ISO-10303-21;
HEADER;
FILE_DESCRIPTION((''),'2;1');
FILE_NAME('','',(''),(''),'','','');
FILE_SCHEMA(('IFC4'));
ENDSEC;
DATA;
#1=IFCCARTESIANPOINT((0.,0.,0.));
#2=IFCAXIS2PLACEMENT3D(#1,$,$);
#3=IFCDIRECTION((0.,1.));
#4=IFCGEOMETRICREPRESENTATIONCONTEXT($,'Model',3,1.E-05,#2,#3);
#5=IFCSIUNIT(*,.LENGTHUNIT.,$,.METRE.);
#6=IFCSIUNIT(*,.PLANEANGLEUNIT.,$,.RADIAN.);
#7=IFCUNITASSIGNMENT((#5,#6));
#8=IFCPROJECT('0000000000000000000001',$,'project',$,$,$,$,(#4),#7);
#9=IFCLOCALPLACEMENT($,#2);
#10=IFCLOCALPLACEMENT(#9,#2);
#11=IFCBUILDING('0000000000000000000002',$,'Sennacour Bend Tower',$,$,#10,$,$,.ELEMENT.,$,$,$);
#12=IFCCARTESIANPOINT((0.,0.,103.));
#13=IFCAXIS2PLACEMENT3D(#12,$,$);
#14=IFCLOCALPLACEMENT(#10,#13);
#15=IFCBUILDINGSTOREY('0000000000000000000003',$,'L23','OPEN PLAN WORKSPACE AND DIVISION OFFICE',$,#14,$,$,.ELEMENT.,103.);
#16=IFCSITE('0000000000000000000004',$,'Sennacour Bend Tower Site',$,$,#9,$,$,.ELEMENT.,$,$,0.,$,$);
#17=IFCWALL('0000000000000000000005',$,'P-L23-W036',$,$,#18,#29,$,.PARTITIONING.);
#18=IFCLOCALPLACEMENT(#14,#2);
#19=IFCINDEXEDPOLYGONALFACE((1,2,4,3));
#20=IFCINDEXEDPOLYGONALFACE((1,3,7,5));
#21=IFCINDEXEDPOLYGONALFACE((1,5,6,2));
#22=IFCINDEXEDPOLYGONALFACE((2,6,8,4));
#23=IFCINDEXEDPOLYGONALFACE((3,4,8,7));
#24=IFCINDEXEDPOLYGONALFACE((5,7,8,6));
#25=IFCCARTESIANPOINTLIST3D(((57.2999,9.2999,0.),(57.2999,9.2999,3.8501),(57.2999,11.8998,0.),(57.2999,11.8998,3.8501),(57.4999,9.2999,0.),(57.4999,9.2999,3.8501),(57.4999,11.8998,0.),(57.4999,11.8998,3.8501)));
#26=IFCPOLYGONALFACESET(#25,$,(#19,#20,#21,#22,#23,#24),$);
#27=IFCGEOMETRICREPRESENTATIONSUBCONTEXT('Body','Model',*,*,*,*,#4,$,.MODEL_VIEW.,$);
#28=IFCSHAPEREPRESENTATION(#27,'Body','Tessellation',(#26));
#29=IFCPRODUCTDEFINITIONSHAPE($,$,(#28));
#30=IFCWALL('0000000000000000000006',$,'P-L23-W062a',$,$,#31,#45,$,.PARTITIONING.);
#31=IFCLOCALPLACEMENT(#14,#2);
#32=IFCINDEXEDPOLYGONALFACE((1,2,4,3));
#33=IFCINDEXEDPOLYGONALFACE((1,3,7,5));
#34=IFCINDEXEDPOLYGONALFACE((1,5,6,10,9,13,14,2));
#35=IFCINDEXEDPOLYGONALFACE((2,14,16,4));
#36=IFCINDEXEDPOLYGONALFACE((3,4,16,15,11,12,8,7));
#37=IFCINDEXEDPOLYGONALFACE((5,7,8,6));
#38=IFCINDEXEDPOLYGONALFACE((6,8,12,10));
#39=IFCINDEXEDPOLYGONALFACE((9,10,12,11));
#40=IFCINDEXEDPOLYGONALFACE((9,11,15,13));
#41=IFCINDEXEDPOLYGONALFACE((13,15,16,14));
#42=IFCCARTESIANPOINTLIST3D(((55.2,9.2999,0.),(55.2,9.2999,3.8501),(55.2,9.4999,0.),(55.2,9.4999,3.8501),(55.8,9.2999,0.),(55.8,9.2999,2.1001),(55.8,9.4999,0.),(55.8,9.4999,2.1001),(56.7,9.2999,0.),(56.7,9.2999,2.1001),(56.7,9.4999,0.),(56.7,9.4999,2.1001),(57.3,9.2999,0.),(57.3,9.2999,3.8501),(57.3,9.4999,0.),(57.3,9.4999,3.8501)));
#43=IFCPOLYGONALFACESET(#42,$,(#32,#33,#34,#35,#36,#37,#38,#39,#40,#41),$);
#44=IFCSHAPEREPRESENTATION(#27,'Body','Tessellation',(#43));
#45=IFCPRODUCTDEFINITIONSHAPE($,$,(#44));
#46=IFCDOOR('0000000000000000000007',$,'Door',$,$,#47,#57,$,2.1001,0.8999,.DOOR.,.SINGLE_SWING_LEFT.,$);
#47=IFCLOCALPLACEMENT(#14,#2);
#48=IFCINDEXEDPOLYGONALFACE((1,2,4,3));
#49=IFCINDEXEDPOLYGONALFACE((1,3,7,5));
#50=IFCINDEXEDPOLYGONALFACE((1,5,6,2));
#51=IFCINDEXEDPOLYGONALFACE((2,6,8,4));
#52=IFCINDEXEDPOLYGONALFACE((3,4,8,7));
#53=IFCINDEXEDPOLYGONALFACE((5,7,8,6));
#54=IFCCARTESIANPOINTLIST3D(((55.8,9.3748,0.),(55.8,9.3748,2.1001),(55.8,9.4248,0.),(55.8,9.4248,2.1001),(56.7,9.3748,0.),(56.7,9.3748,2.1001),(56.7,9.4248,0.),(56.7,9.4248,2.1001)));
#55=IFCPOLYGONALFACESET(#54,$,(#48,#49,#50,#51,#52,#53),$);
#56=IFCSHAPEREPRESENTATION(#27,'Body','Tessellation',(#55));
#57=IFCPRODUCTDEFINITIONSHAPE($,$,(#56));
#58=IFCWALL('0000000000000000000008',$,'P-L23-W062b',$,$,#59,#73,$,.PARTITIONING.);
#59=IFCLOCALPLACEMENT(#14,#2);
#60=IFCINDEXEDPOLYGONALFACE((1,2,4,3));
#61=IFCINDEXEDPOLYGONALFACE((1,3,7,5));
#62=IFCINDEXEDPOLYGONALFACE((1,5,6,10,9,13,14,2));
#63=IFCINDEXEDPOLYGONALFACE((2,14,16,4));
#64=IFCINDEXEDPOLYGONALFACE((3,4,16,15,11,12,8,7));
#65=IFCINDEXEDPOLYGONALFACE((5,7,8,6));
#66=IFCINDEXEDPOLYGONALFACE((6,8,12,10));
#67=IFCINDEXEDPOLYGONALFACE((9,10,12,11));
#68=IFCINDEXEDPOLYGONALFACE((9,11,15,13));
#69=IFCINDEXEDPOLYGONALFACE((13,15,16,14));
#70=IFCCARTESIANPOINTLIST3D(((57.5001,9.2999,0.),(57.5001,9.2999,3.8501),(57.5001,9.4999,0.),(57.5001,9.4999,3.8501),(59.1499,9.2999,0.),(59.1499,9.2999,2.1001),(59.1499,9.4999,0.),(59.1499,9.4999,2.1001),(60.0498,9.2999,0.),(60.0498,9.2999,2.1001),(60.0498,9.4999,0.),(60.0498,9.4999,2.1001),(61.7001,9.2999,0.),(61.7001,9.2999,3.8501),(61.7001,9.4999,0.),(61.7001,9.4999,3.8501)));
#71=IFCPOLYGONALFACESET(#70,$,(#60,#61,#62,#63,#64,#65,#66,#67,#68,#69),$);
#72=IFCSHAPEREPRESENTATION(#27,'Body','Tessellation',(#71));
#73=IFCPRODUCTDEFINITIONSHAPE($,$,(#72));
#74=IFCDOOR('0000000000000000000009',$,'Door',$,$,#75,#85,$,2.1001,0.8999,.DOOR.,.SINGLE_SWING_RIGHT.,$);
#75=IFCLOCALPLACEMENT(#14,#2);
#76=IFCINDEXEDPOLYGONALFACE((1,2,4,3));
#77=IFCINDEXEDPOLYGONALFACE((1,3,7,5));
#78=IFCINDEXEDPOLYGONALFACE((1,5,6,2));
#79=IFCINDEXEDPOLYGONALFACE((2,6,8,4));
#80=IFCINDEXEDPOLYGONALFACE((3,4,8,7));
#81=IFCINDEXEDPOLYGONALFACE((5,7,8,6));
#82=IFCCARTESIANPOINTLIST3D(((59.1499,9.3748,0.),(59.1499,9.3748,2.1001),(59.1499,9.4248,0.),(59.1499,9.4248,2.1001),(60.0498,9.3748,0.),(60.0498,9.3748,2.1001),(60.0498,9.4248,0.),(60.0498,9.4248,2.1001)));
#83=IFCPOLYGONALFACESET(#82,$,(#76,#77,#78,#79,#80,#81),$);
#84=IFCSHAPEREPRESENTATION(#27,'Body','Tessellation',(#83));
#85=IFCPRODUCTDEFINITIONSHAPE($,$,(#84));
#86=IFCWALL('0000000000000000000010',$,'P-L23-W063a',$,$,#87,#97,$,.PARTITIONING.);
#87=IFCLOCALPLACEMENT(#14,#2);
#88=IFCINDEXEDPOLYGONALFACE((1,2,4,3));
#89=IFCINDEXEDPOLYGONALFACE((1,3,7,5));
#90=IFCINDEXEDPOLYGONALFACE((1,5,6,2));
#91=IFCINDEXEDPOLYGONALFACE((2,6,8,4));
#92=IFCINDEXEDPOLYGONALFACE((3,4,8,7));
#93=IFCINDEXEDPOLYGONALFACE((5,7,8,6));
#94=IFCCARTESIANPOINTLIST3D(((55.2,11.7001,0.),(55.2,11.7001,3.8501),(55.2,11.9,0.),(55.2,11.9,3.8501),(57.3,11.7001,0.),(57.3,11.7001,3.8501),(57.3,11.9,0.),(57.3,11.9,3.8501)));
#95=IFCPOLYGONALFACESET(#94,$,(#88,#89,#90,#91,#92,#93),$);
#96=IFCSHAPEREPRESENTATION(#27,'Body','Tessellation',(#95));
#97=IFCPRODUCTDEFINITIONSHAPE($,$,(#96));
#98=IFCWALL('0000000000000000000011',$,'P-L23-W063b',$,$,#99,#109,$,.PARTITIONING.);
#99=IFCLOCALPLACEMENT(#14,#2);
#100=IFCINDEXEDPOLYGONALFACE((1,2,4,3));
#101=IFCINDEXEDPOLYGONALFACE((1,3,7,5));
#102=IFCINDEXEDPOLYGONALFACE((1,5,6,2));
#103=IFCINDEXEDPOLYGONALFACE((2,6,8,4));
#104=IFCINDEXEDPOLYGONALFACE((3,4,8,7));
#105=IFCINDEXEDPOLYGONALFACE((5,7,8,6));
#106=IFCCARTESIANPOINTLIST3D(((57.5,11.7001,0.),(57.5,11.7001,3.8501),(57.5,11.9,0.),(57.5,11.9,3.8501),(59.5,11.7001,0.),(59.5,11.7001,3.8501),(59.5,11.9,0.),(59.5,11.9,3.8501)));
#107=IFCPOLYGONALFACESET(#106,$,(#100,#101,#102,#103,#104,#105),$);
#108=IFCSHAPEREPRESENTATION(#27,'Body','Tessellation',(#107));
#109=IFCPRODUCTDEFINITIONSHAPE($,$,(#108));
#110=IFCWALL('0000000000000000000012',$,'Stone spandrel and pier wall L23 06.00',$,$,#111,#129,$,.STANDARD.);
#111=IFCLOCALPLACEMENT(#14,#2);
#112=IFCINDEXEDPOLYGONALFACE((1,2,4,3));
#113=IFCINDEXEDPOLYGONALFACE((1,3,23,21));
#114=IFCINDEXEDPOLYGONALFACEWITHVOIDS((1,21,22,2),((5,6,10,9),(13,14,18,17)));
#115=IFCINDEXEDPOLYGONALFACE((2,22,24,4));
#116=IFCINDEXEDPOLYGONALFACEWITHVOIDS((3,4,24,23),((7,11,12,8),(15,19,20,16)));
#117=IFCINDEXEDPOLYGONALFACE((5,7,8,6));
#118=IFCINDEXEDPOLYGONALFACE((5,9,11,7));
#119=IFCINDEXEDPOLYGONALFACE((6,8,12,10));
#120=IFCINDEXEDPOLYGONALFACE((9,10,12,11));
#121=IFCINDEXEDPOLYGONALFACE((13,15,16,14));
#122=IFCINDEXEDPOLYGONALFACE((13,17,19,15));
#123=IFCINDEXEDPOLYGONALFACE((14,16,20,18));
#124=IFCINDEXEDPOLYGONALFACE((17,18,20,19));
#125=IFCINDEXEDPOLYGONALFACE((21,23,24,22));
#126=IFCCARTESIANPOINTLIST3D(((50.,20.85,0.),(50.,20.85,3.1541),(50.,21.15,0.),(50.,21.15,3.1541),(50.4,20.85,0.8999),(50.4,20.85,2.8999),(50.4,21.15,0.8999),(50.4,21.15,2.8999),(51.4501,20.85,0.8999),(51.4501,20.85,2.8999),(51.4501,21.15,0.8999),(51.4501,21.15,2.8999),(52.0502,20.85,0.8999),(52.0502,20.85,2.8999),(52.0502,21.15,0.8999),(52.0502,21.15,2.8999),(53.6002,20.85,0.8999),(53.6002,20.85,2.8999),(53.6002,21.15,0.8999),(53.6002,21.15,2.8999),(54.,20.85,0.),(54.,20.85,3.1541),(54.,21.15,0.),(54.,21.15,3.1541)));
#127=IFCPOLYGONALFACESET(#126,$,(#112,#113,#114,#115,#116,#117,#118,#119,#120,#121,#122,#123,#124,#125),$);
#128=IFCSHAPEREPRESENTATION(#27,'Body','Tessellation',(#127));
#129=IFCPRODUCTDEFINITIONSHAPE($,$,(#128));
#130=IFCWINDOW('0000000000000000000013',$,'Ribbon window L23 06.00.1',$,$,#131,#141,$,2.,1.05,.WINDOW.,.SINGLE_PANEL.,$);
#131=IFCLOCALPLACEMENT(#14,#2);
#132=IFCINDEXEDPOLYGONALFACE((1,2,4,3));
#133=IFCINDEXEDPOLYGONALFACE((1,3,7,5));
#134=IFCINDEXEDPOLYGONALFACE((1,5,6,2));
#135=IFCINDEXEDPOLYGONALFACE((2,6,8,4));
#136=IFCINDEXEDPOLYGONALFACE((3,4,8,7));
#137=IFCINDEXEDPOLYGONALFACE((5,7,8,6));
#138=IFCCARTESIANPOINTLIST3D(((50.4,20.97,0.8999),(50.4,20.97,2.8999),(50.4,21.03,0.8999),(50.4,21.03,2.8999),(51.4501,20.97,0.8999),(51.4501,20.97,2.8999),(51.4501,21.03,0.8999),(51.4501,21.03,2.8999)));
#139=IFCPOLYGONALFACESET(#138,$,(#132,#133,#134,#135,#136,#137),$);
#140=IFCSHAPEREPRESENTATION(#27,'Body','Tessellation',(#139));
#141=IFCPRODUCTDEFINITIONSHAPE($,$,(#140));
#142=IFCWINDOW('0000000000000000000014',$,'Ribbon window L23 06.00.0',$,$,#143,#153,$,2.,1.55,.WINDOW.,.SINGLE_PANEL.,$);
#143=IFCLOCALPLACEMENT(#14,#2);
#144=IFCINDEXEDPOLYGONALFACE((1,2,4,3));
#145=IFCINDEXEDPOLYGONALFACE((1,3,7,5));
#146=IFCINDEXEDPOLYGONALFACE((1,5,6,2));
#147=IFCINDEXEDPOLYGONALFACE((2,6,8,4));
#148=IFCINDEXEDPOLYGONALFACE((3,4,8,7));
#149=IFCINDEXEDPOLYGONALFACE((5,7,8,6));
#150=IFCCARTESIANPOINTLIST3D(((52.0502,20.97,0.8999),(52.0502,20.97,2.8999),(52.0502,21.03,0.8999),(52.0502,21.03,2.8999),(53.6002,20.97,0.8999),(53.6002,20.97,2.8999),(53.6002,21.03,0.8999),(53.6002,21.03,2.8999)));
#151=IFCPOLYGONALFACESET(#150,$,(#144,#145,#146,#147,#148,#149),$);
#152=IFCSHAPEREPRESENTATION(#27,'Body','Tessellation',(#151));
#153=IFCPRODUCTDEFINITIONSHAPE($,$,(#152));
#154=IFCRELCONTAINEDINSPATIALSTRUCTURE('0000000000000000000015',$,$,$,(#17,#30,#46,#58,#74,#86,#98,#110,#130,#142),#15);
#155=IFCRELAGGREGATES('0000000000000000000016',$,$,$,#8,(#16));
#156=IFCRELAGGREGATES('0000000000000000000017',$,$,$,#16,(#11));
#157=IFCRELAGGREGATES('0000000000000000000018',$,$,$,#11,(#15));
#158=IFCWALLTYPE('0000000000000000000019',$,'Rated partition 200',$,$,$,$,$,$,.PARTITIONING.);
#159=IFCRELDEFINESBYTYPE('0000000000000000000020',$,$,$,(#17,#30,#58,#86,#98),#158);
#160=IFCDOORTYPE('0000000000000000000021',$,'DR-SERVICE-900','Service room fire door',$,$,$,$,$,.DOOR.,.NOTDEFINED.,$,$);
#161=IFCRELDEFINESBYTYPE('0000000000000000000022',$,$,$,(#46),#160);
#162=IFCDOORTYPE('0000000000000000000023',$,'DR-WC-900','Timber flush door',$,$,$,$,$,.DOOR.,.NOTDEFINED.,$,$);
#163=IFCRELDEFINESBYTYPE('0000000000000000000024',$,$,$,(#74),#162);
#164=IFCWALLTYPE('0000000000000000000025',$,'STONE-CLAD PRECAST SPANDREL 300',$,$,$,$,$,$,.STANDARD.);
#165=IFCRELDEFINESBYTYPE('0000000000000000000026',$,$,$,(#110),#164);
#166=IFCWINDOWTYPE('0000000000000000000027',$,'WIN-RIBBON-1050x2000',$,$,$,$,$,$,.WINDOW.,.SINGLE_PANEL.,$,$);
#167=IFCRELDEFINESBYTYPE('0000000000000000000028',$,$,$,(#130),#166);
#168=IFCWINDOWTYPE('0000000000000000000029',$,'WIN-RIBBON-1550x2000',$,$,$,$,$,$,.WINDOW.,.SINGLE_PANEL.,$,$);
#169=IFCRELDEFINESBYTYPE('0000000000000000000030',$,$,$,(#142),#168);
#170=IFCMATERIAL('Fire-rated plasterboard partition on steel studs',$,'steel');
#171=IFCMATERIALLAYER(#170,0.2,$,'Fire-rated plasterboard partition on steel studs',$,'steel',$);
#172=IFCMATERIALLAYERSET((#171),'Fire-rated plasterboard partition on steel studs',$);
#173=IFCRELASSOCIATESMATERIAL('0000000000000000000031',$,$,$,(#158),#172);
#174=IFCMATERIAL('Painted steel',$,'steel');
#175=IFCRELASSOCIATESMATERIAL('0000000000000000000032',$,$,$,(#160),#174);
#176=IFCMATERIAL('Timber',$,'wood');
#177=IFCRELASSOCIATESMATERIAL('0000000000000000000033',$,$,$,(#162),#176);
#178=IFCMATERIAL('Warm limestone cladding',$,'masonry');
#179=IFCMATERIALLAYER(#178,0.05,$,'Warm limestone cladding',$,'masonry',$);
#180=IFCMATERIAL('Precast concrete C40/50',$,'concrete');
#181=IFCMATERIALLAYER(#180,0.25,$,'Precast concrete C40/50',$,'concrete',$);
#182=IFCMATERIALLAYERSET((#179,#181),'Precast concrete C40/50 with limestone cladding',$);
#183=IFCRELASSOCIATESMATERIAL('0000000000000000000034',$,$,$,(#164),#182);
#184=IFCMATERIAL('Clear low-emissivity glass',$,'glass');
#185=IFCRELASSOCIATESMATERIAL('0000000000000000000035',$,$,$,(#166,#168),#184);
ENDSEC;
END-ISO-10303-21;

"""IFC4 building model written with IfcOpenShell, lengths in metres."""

from ifc_helpers import new_model, si_unit, direction, frame, frame_2d, origin, place, context, subcontext, project, spatial, rectangle, extrude, material, layer, layer_set, type_object, element, fill, save


model = new_model("IFC4")

# Units and contexts
model_context = context("Model", 3, precision=1e-05, world=origin(), true_north=direction((0.0, 1.0)))
body_context = subcontext(model_context, "Body", "Model", "MODEL_VIEW")
ifc_project = project(units=[si_unit("LENGTHUNIT", "METRE"), si_unit("PLANEANGLEUNIT", "RADIAN")], contexts=[model_context])

# Site, building, storey
site_placement = place(None, origin())
site = spatial("IfcSite", under=ifc_project, at=site_placement, Name="Sennacour Bend Tower Site", CompositionType="ELEMENT", RefElevation=0.0)
building_placement = place(site_placement, origin())
building = spatial("IfcBuilding", under=site, at=building_placement, Name="Sennacour Bend Tower", CompositionType="ELEMENT")
storey_placement = place(building_placement, frame((0.0, 0.0, 103.0)))
storey = spatial("IfcBuildingStorey", under=building, at=storey_placement, Name="L23", Description="OPEN PLAN WORKSPACE AND DIVISION OFFICE", CompositionType="ELEMENT", Elevation=103.0)

# Shared definitions
ifc_material_1 = material(Name="Timber", Category="wood")

# Wall
ifc_material_2 = material(Name="Fire-rated plasterboard partition on steel studs", Category="steel")
ifc_layer_1 = layer(ifc_material_2, 0.2, Name="Fire-rated plasterboard partition on steel studs", Category="steel")
ifc_layer_set_1 = layer_set([ifc_layer_1], Name="Fire-rated plasterboard partition on steel studs")
wall_type_1 = type_object("IfcWallType", Name="Rated partition 200", PredefinedType="PARTITIONING", material=ifc_layer_set_1)
wall_1_placement = place(storey_placement, frame((57.3999, 9.3, 0.0), z_axis=(0.0, 0.0, 1.0), x_axis=(0.0, 1.0, 0.0)))
element("IfcWall", 1, at=wall_1_placement, inside=storey, type_object=wall_type_1, Name="P-L23-W036", PredefinedType="PARTITIONING", context=body_context, shape_type="SweptSolid", body=[
    extrude(rectangle(XDim=2.5999, YDim=0.2, at=frame_2d((1.2998, 0.0))), origin(), (0.0, 0.0, 1.0), 3.8501),
])

# Walls, openings, doors
wall_2_placement = place(storey_placement, frame((55.2, 9.3999, 0.0), z_axis=(0.0, 0.0, 1.0), x_axis=(1.0, 0.0, 0.0)))
wall_2 = element("IfcWall", 2, at=wall_2_placement, inside=storey, type_object=wall_type_1, Name="P-L23-W062a", PredefinedType="PARTITIONING", context=body_context, shape_type="SweptSolid", body=[
    extrude(rectangle(XDim=2.1001, YDim=0.2, at=frame_2d((1.05, 0.0))), origin(), (0.0, 0.0, 1.0), 3.8501),
])
opening_1_placement = place(wall_2_placement, frame((0.6001, 0.0, 0.0)))
opening_1 = element("IfcOpeningElement", 3, at=opening_1_placement, cuts=wall_2, PredefinedType="OPENING", context=body_context, shape_type="SweptSolid", body=[
    extrude(rectangle(XDim=0.8999, YDim=2.1001, at=frame_2d((0.45, 1.05))), frame((0.0, 0.1099, 0.0), z_axis=(0.0, -1.0, 0.0), x_axis=(1.0, 0.0, 0.0)), (0.0, 0.0, 1.0), 0.22),
])
ifc_material_3 = material(Name="Painted steel", Category="steel")
door_type_1 = type_object("IfcDoorType", Name="DR-SERVICE-900", Description="Service room fire door", OperationType="NOTDEFINED", PredefinedType="DOOR", material=ifc_material_3)
door_1_placement = place(opening_1_placement, origin())
door_1 = element("IfcDoor", 4, at=door_1_placement, inside=storey, type_object=door_type_1, Name="Door", OperationType="SINGLE_SWING_LEFT", OverallHeight=2.1001, OverallWidth=0.8999, PredefinedType="DOOR", context=body_context, shape_type="SweptSolid", body=[
    extrude(rectangle(XDim=0.8999, YDim=2.1001, at=frame_2d((0.45, 1.05))), frame((0.0, 0.0249, 0.0), z_axis=(0.0, -1.0, 0.0), x_axis=(1.0, 0.0, 0.0)), (0.0, 0.0, 1.0), 0.05),
])
fill(opening_1, door_1)
wall_3_placement = place(storey_placement, frame((57.5, 9.3999, 0.0), z_axis=(0.0, 0.0, 1.0), x_axis=(1.0, 0.0, 0.0)))
wall_3 = element("IfcWall", 5, at=wall_3_placement, inside=storey, type_object=wall_type_1, Name="P-L23-W062b", PredefinedType="PARTITIONING", context=body_context, shape_type="SweptSolid", body=[
    extrude(rectangle(XDim=4.2, YDim=0.2, at=frame_2d((2.1001, 0.0))), origin(), (0.0, 0.0, 1.0), 3.8501),
])
opening_2_placement = place(wall_3_placement, frame((1.6499, 0.0, 0.0)))
opening_2 = element("IfcOpeningElement", 6, at=opening_2_placement, cuts=wall_3, PredefinedType="OPENING", context=body_context, shape_type="SweptSolid", body=[
    extrude(rectangle(XDim=0.8999, YDim=2.1001, at=frame_2d((0.45, 1.05))), frame((0.0, 0.1099, 0.0), z_axis=(0.0, -1.0, 0.0), x_axis=(1.0, 0.0, 0.0)), (0.0, 0.0, 1.0), 0.22),
])
door_type_2 = type_object("IfcDoorType", Name="DR-WC-900", Description="Timber flush door", OperationType="NOTDEFINED", PredefinedType="DOOR", material=ifc_material_1)
door_2_placement = place(opening_2_placement, origin())
door_2 = element("IfcDoor", 7, at=door_2_placement, inside=storey, type_object=door_type_2, Name="Door", OperationType="SINGLE_SWING_RIGHT", OverallHeight=2.1001, OverallWidth=0.8999, PredefinedType="DOOR", context=body_context, shape_type="SweptSolid", body=[
    extrude(rectangle(XDim=0.8999, YDim=2.1001, at=frame_2d((0.45, 1.05))), frame((0.0, 0.0249, 0.0), z_axis=(0.0, -1.0, 0.0), x_axis=(1.0, 0.0, 0.0)), (0.0, 0.0, 1.0), 0.05),
])
fill(opening_2, door_2)

# Walls
wall_4_placement = place(storey_placement, frame((55.2, 11.8, 0.0), z_axis=(0.0, 0.0, 1.0), x_axis=(1.0, 0.0, 0.0)))
element("IfcWall", 8, at=wall_4_placement, inside=storey, type_object=wall_type_1, Name="P-L23-W063a", PredefinedType="PARTITIONING", context=body_context, shape_type="SweptSolid", body=[
    extrude(rectangle(XDim=2.1001, YDim=0.2, at=frame_2d((1.05, 0.0))), origin(), (0.0, 0.0, 1.0), 3.8501),
])
wall_5_placement = place(storey_placement, frame((57.5, 11.8, 0.0), z_axis=(0.0, 0.0, 1.0), x_axis=(1.0, 0.0, 0.0)))
element("IfcWall", 9, at=wall_5_placement, inside=storey, type_object=wall_type_1, Name="P-L23-W063b", PredefinedType="PARTITIONING", context=body_context, shape_type="SweptSolid", body=[
    extrude(rectangle(XDim=2.0, YDim=0.2, at=frame_2d((1.0, 0.0))), origin(), (0.0, 0.0, 1.0), 3.8501),
])

# Wall, openings, windows
ifc_material_4 = material(Name="Warm limestone cladding", Category="masonry")
ifc_layer_2 = layer(ifc_material_4, 0.05, Name="Warm limestone cladding", Category="masonry")
ifc_material_5 = material(Name="Precast concrete C40/50", Category="concrete")
ifc_layer_3 = layer(ifc_material_5, 0.25, Name="Precast concrete C40/50", Category="concrete")
ifc_layer_set_2 = layer_set([ifc_layer_2, ifc_layer_3], Name="Precast concrete C40/50 with limestone cladding")
wall_type_2 = type_object("IfcWallType", Name="STONE-CLAD PRECAST SPANDREL 300", PredefinedType="STANDARD", material=ifc_layer_set_2)
wall_6_placement = place(storey_placement, frame((54.0, 21.0, 0.0), z_axis=(0.0, 0.0, 1.0), x_axis=(-1.0, 0.0, 0.0)))
wall_6 = element("IfcWall", 10, at=wall_6_placement, inside=storey, type_object=wall_type_2, Name="Stone spandrel and pier wall L23 06.00", PredefinedType="STANDARD", context=body_context, shape_type="SweptSolid", body=[
    extrude(rectangle(XDim=4.0, YDim=0.3, at=frame_2d((2.0, 0.0))), origin(), (0.0, 0.0, 1.0), 3.1541),
])
opening_3_placement = place(wall_6_placement, frame((0.3999, 0.0, 0.8999)))
opening_3 = element("IfcOpeningElement", 11, at=opening_3_placement, cuts=wall_6, PredefinedType="OPENING", context=body_context, shape_type="SweptSolid", body=[
    extrude(rectangle(XDim=1.55, YDim=2.0, at=frame_2d((0.7749, 1.0))), frame((0.0, 0.1602, 0.0), z_axis=(0.0, -1.0, 0.0), x_axis=(1.0, 0.0, 0.0)), (0.0, 0.0, 1.0), 0.3201),
])
opening_4_placement = place(wall_6_placement, frame((2.55, 0.0, 0.8999)))
opening_4 = element("IfcOpeningElement", 12, at=opening_4_placement, cuts=wall_6, PredefinedType="OPENING", context=body_context, shape_type="SweptSolid", body=[
    extrude(rectangle(XDim=1.05, YDim=2.0, at=frame_2d((0.5249, 1.0))), frame((0.0, 0.1602, 0.0), z_axis=(0.0, -1.0, 0.0), x_axis=(1.0, 0.0, 0.0)), (0.0, 0.0, 1.0), 0.3201),
])
ifc_material_6 = material(Name="Clear low-emissivity glass", Category="glass")
window_type_1 = type_object("IfcWindowType", Name="WIN-RIBBON-1050x2000", PartitioningType="SINGLE_PANEL", PredefinedType="WINDOW", material=ifc_material_6)
window_1_placement = place(opening_4_placement, origin())
window_1 = element("IfcWindow", 13, at=window_1_placement, inside=storey, type_object=window_type_1, Name="Ribbon window L23 06.00.1", OverallHeight=2.0, OverallWidth=1.05, PartitioningType="SINGLE_PANEL", PredefinedType="WINDOW", context=body_context, shape_type="SweptSolid", body=[
    extrude(rectangle(XDim=1.05, YDim=2.0, at=frame_2d((0.5249, 1.0))), frame((0.0, 0.03, 0.0), z_axis=(0.0, -1.0, 0.0), x_axis=(1.0, 0.0, 0.0)), (0.0, 0.0, 1.0), 0.0601),
])
fill(opening_4, window_1)
window_type_2 = type_object("IfcWindowType", Name="WIN-RIBBON-1550x2000", PartitioningType="SINGLE_PANEL", PredefinedType="WINDOW", material=ifc_material_6)
window_2_placement = place(opening_3_placement, origin())
window_2 = element("IfcWindow", 14, at=window_2_placement, inside=storey, type_object=window_type_2, Name="Ribbon window L23 06.00.0", OverallHeight=2.0, OverallWidth=1.55, PartitioningType="SINGLE_PANEL", PredefinedType="WINDOW", context=body_context, shape_type="SweptSolid", body=[
    extrude(rectangle(XDim=1.55, YDim=2.0, at=frame_2d((0.7749, 1.0))), frame((0.0, 0.03, 0.0), z_axis=(0.0, -1.0, 0.0), x_axis=(1.0, 0.0, 0.0)), (0.0, 0.0, 1.0), 0.0601),
])
fill(opening_3, window_2)

save(model, "model.ifc")
